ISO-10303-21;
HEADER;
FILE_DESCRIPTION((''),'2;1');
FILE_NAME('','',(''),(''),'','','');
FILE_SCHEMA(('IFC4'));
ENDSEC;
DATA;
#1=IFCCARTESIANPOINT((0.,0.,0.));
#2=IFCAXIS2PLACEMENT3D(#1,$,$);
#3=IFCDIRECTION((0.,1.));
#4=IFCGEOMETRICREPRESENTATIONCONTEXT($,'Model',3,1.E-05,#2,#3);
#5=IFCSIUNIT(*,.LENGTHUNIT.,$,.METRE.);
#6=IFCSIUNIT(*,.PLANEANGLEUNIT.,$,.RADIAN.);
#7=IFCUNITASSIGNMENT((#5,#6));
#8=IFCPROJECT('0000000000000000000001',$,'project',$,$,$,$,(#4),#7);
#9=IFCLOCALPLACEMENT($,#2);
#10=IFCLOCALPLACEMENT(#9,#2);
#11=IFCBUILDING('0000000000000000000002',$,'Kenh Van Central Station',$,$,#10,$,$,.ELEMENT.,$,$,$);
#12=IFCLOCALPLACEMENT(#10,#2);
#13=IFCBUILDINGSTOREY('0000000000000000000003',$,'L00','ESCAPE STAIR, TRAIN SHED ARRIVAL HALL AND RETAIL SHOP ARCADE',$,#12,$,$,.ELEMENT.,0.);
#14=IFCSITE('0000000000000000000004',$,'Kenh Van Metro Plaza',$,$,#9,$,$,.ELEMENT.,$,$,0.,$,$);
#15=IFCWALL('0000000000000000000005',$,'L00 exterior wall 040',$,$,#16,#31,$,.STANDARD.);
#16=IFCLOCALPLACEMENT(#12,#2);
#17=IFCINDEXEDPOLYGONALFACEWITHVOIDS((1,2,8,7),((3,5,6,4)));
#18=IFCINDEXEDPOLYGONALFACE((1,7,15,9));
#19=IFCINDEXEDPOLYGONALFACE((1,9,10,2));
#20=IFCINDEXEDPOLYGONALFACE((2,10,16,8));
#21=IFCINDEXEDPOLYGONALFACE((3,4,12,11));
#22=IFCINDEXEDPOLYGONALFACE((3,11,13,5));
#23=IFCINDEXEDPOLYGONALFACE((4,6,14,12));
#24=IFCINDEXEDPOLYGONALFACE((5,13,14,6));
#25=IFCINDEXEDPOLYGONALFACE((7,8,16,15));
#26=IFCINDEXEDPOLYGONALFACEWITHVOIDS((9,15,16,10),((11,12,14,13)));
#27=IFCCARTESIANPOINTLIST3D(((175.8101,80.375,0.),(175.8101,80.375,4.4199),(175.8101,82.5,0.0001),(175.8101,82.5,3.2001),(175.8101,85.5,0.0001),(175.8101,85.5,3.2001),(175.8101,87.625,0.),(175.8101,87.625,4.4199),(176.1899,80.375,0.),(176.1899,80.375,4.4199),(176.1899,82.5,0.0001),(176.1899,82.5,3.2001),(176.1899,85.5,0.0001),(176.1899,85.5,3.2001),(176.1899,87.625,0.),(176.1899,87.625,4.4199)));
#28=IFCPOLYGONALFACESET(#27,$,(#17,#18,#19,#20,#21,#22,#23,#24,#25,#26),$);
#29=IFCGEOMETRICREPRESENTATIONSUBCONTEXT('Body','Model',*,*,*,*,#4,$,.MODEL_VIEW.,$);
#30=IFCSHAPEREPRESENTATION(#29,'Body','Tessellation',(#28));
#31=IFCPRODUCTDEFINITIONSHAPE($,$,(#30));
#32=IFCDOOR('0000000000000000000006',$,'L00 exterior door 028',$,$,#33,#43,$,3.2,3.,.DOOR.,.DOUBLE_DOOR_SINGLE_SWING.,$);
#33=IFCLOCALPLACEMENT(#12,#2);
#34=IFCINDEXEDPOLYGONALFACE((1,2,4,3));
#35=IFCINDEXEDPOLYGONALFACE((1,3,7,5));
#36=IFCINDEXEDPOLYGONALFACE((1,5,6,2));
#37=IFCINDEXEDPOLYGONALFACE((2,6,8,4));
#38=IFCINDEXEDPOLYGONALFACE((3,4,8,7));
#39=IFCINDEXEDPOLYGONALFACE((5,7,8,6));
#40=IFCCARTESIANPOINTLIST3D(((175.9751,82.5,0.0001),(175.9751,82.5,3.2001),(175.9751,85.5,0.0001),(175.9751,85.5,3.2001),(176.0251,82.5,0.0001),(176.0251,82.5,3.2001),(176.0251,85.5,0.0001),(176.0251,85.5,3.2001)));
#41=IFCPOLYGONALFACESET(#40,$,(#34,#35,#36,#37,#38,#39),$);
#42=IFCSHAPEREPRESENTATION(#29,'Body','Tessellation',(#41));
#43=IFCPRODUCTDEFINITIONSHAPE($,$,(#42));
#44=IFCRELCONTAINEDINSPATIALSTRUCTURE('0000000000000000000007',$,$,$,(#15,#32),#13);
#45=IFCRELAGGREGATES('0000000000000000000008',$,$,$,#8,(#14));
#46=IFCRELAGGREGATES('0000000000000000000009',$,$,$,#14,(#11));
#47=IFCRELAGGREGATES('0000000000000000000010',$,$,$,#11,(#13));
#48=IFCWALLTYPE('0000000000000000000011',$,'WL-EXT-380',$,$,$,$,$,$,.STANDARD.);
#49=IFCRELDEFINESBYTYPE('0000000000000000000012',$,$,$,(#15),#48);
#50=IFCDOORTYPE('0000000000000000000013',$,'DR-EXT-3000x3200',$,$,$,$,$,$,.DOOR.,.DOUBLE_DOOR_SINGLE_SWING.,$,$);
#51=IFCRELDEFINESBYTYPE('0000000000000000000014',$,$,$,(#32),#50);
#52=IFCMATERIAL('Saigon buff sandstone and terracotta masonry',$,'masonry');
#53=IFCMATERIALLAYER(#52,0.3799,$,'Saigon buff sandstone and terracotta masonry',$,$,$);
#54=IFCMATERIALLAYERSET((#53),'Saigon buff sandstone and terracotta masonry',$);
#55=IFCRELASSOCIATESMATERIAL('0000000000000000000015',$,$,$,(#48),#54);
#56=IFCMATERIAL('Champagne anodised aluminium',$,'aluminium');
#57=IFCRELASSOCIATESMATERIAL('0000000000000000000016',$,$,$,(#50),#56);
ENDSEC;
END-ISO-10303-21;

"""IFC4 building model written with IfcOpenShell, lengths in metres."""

from ifc_helpers import new_model, si_unit, direction, frame, frame_2d, origin, place, context, subcontext, project, spatial, rectangle, extrude, material, layer, layer_set, type_object, element, fill, save


model = new_model("IFC4")

# Units and contexts
model_context = context("Model", 3, precision=1e-05, world=origin(), true_north=direction((0.0, 1.0)))
body_context = subcontext(model_context, "Body", "Model", "MODEL_VIEW")
ifc_project = project(units=[si_unit("LENGTHUNIT", "METRE"), si_unit("PLANEANGLEUNIT", "RADIAN")], contexts=[model_context])

# Site, building, storey
site_placement = place(None, origin())
site = spatial("IfcSite", under=ifc_project, at=site_placement, Name="Kenh Van Metro Plaza", CompositionType="ELEMENT", RefElevation=0.0)
building_placement = place(site_placement, origin())
building = spatial("IfcBuilding", under=site, at=building_placement, Name="Kenh Van Central Station", CompositionType="ELEMENT")
storey_placement = place(building_placement, origin())
storey = spatial("IfcBuildingStorey", under=building, at=storey_placement, Name="L00", Description="ESCAPE STAIR, TRAIN SHED ARRIVAL HALL AND RETAIL SHOP ARCADE", CompositionType="ELEMENT", Elevation=0.0)

# Shared definitions
ifc_material_1 = material(Name="Champagne anodised aluminium", Category="aluminium")

# Wall, opening, door
ifc_material_2 = material(Name="Saigon buff sandstone and terracotta masonry", Category="masonry")
ifc_layer_1 = layer(ifc_material_2, 0.3799, Name="Saigon buff sandstone and terracotta masonry")
ifc_layer_set_1 = layer_set([ifc_layer_1], Name="Saigon buff sandstone and terracotta masonry")
wall_type = type_object("IfcWallType", Name="WL-EXT-380", PredefinedType="STANDARD", material=ifc_layer_set_1)
wall_placement = place(storey_placement, frame((176.0, 80.375, 0.0), z_axis=(0.0, 0.0, 1.0), x_axis=(0.0, 1.0, 0.0)))
wall = element("IfcWall", 1, at=wall_placement, inside=storey, type_object=wall_type, Name="L00 exterior wall 040", PredefinedType="STANDARD", context=body_context, shape_type="SweptSolid", body=[
    extrude(rectangle(XDim=7.25, YDim=0.3799, at=frame_2d((3.625, 0.0))), origin(), (0.0, 0.0, 1.0), 4.4199),
])
opening_placement = place(wall_placement, frame((2.125, 0.0, 0.0)))
opening = element("IfcOpeningElement", 2, at=opening_placement, cuts=wall, PredefinedType="OPENING", context=body_context, shape_type="SweptSolid", body=[
    extrude(rectangle(XDim=3.0, YDim=3.2, at=frame_2d((1.5, 1.6001))), frame((0.0, 0.2, 0.0), z_axis=(0.0, -1.0, 0.0), x_axis=(1.0, 0.0, 0.0)), (0.0, 0.0, 1.0), 0.3999),
])
door_type = type_object("IfcDoorType", Name="DR-EXT-3000x3200", OperationType="DOUBLE_DOOR_SINGLE_SWING", PredefinedType="DOOR", material=ifc_material_1)
door_placement = place(opening_placement, frame((3.0, 0.0, 0.0), z_axis=(0.0, 0.0, 1.0), x_axis=(-1.0, 0.0, 0.0)))
door = element("IfcDoor", 3, at=door_placement, inside=storey, type_object=door_type, Name="L00 exterior door 028", OperationType="DOUBLE_DOOR_SINGLE_SWING", OverallHeight=3.2, OverallWidth=3.0, PredefinedType="DOOR", context=body_context, shape_type="SweptSolid", body=[
    extrude(rectangle(XDim=3.0, YDim=3.2, at=frame_2d((-1.5, 1.6001))), frame((0.0, -0.0249, 0.0), z_axis=(0.0, 1.0, 0.0), x_axis=(-1.0, 0.0, 0.0)), (0.0, 0.0, 1.0), 0.05),
])
fill(opening, door)

save(model, "model.ifc")
